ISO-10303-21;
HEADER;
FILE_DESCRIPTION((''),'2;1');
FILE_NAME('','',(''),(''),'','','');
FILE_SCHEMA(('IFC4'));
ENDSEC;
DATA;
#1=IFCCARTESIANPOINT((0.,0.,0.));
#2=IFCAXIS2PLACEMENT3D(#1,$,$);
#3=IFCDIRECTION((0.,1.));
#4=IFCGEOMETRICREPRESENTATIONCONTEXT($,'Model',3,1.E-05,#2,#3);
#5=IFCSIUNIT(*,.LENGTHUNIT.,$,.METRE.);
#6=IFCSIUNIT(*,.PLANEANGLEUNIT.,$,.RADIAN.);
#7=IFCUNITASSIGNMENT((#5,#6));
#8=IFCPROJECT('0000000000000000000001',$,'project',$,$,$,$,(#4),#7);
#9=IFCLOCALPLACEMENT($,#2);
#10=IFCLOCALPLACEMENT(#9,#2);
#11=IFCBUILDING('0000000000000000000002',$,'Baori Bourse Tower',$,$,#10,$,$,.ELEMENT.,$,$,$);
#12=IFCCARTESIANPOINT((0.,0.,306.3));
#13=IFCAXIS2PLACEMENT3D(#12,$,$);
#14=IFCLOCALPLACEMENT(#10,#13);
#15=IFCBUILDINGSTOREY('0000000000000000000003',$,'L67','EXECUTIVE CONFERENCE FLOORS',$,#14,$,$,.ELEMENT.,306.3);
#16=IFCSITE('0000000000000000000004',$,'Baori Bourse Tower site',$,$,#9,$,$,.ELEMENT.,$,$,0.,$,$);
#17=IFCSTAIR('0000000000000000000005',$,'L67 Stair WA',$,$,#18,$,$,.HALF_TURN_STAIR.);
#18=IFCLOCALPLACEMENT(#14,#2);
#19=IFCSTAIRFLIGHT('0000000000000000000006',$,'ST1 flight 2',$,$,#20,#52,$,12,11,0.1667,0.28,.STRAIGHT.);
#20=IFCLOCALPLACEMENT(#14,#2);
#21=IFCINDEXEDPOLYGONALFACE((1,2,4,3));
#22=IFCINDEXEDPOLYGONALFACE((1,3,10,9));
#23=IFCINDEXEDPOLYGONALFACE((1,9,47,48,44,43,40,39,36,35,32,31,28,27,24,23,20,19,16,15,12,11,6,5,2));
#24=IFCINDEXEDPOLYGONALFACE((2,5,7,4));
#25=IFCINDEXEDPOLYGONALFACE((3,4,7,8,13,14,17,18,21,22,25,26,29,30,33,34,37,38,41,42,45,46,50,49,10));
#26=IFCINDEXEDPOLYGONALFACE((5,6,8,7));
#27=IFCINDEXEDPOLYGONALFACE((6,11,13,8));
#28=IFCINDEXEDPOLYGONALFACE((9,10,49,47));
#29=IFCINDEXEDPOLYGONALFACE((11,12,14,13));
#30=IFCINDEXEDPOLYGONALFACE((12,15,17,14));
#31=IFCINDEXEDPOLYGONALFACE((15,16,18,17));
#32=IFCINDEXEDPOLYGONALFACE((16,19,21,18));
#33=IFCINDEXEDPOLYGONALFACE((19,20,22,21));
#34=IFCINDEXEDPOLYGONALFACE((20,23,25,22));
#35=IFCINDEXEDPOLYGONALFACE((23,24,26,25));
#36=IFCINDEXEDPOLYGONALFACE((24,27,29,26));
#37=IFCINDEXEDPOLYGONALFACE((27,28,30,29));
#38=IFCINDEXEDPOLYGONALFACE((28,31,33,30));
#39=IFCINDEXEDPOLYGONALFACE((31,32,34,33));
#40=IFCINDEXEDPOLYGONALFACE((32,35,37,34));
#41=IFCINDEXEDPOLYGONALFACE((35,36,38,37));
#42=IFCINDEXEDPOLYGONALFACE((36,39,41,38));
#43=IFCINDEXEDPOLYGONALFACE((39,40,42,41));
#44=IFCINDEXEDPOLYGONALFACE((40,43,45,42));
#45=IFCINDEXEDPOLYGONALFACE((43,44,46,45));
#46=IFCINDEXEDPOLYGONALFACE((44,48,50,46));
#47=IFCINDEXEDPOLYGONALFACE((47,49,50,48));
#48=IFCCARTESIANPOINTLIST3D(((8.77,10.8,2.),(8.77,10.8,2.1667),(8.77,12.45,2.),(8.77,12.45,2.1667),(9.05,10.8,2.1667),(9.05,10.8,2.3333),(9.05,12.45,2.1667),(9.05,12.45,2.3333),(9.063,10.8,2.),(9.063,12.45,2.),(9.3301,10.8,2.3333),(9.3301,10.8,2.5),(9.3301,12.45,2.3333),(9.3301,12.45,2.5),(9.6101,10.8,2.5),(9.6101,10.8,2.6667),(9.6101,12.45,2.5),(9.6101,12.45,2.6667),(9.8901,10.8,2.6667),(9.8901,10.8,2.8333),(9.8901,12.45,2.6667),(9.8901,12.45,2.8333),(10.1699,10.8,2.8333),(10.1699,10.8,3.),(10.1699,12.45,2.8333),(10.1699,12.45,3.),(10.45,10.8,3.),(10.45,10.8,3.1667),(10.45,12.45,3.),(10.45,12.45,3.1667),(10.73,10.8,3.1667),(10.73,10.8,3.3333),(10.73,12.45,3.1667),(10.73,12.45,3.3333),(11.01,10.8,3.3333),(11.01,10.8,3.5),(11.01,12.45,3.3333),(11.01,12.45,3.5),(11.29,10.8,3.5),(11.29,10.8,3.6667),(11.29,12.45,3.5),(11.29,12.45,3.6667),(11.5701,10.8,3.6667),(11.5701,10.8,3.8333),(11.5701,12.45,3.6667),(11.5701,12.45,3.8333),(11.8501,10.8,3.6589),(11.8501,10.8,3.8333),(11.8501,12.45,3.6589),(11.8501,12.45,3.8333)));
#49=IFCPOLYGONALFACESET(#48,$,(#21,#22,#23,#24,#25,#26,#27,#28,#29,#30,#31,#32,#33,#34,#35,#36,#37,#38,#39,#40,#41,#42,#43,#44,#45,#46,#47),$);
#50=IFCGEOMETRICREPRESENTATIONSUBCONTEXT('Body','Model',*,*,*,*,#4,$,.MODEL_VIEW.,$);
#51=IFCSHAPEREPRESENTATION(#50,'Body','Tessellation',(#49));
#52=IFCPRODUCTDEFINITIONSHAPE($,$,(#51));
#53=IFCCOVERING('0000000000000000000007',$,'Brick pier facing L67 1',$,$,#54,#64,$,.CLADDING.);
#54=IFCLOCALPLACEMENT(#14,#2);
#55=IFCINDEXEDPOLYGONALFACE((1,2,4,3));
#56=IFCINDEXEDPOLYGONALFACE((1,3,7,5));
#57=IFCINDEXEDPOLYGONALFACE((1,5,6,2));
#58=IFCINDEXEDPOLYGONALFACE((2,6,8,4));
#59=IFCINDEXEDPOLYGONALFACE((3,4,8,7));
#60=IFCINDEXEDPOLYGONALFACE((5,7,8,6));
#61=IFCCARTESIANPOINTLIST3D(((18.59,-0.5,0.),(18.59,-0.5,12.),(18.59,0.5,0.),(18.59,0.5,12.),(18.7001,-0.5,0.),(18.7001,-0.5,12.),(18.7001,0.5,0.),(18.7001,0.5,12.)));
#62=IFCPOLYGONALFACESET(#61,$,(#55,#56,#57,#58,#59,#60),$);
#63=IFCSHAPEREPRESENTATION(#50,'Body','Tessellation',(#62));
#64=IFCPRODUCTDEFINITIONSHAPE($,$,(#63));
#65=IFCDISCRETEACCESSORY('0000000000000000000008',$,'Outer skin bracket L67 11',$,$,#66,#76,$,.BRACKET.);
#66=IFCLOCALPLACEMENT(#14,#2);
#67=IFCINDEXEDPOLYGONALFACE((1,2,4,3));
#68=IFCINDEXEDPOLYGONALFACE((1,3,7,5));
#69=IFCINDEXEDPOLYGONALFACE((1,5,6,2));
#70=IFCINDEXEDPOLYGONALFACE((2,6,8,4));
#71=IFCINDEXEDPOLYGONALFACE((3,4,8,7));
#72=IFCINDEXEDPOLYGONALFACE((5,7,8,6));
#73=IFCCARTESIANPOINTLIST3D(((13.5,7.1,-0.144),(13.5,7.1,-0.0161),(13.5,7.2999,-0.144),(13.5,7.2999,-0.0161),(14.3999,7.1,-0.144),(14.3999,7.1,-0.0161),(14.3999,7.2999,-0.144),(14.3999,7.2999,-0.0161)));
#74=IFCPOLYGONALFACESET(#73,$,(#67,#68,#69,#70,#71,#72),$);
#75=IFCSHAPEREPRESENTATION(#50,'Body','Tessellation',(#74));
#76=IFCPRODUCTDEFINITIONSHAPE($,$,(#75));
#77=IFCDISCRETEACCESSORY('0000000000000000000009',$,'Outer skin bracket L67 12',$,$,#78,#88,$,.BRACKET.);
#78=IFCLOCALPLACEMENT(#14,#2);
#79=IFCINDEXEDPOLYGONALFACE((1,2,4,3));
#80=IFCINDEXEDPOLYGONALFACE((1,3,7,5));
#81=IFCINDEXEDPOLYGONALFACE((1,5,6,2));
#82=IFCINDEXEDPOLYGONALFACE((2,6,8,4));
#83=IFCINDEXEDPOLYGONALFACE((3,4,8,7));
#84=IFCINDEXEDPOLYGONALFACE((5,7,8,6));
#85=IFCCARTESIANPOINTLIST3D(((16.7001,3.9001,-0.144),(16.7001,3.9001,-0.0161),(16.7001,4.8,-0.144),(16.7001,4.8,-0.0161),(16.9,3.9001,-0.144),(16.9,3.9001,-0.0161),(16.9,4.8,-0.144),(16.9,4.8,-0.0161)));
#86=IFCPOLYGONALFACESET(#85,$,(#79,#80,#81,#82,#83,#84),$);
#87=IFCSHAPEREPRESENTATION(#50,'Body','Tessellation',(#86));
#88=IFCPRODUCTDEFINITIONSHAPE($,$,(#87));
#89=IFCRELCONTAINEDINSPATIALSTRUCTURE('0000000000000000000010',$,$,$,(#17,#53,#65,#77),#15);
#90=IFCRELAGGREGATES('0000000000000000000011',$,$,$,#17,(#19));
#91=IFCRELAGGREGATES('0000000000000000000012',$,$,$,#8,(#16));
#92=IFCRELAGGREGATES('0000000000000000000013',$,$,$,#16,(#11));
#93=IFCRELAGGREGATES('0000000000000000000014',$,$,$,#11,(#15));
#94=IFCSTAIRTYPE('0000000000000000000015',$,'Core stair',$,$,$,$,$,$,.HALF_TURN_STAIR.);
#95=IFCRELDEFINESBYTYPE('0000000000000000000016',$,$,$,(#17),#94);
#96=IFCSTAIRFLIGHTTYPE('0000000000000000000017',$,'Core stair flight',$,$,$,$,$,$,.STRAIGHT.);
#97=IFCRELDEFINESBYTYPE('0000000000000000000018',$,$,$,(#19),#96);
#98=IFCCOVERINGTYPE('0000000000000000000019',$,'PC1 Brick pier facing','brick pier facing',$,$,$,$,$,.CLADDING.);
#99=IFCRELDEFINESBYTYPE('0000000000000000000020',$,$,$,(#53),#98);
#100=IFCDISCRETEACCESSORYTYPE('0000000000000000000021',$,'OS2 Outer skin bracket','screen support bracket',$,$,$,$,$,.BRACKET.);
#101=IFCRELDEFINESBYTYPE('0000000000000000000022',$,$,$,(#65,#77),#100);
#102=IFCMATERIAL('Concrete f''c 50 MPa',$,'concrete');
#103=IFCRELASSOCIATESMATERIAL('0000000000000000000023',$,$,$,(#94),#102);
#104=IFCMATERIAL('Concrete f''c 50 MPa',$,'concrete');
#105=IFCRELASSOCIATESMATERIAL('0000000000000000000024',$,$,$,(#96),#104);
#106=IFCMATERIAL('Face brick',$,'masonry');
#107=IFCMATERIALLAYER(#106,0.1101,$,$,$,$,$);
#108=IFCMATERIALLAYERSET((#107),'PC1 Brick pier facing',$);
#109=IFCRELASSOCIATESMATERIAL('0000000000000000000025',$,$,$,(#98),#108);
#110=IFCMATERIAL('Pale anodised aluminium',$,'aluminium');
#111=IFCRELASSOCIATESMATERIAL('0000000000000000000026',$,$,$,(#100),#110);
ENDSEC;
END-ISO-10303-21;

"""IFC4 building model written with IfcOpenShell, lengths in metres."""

from ifc_helpers import new_model, si_unit, direction, frame, origin, origin_2d, place, context, subcontext, project, spatial, polyline, rectangle, outline, extrude, material, layer, layer_set, type_object, element, aggregate, save


model = new_model("IFC4")

# Units and contexts
model_context = context("Model", 3, precision=1e-05, world=origin(), true_north=direction((0.0, 1.0)))
body_context = subcontext(model_context, "Body", "Model", "MODEL_VIEW")
ifc_project = project(units=[si_unit("LENGTHUNIT", "METRE"), si_unit("PLANEANGLEUNIT", "RADIAN")], contexts=[model_context])

# Site, building, storey
site_placement = place(None, origin())
site = spatial("IfcSite", under=ifc_project, at=site_placement, Name="Baori Bourse Tower site", CompositionType="ELEMENT", RefElevation=0.0)
building_placement = place(site_placement, origin())
building = spatial("IfcBuilding", under=site, at=building_placement, Name="Baori Bourse Tower", CompositionType="ELEMENT")
storey_placement = place(building_placement, frame((0.0, 0.0, 306.3)))
storey = spatial("IfcBuildingStorey", under=building, at=storey_placement, Name="L67", Description="EXECUTIVE CONFERENCE FLOORS", CompositionType="ELEMENT", Elevation=306.3)

# Stair, stair flight
ifc_material_1 = material(Name="Concrete f'c 50 MPa", Category="concrete")
stair_type = type_object("IfcStairType", Name="Core stair", PredefinedType="HALF_TURN_STAIR", material=ifc_material_1)
stair_placement = place(storey_placement, origin())
stair = element("IfcStair", 1, at=stair_placement, inside=storey, type_object=stair_type, Name="L67 Stair WA", PredefinedType="HALF_TURN_STAIR")
ifc_material_2 = material(Name="Concrete f'c 50 MPa", Category="concrete")
stair_flight_type = type_object("IfcStairFlightType", Name="Core stair flight", PredefinedType="STRAIGHT", material=ifc_material_2)
stair_flight_placement = place(storey_placement, frame((8.77, 11.625, 2.0), z_axis=(0.0, 0.0, 1.0), x_axis=(1.0, 0.0, 0.0)))
stair_flight = element("IfcStairFlight", 2, at=stair_flight_placement, type_object=stair_flight_type, Name="ST1 flight 2", NumberOfRisers=12, NumberOfTreads=11, PredefinedType="STRAIGHT", RiserHeight=0.1667, TreadLength=0.28, context=body_context, shape_type="SweptSolid", body=[
    extrude(outline(polyline([(0.0, 0.0), (0.0, 0.1667), (0.28, 0.1667), (0.28, 0.3333), (0.5601, 0.3333), (0.5601, 0.5), (0.8401, 0.5), (0.8401, 0.6667), (1.1201, 0.6667), (1.1201, 0.8333), (1.3999, 0.8333), (1.3999, 1.0), (1.6799, 1.0), (1.6799, 1.1667), (1.96, 1.1667), (1.96, 1.3333), (2.24, 1.3333), (2.24, 1.5), (2.52, 1.5), (2.52, 1.6667), (2.8, 1.6667), (2.8, 1.8333), (3.0801, 1.8333), (3.0801, 2.0), (3.0801, 1.6589), (0.293, 0.0), (0.0, 0.0)])), frame((0.0, 0.825, 0.0), z_axis=(0.0, -1.0, 0.0), x_axis=(1.0, 0.0, 0.0)), (0.0, 0.0, 1.0), 1.6499),
])
aggregate(stair, [stair_flight])

# Covering
ifc_material_3 = material(Name="Face brick", Category="masonry")
ifc_layer_1 = layer(ifc_material_3, 0.1101)
ifc_layer_set_1 = layer_set([ifc_layer_1], Name="PC1 Brick pier facing")
covering_type = type_object("IfcCoveringType", Name="PC1 Brick pier facing", Description="brick pier facing", PredefinedType="CLADDING", material=ifc_layer_set_1)
covering_placement = place(storey_placement, frame((18.645, 0.0, 0.0), z_axis=(0.0, 0.0, 1.0), x_axis=(1.0, 0.0, 0.0)))
element("IfcCovering", 3, at=covering_placement, inside=storey, type_object=covering_type, Name="Brick pier facing L67 1", PredefinedType="CLADDING", context=body_context, shape_type="SweptSolid", body=[
    extrude(rectangle(XDim=0.1101, YDim=1.0, at=origin_2d()), origin(), (0.0, 0.0, 1.0), 12.0),
])

# Discrete accessories
ifc_material_4 = material(Name="Pale anodised aluminium", Category="aluminium")
discrete_accessory_type = type_object("IfcDiscreteAccessoryType", Name="OS2 Outer skin bracket", Description="screen support bracket", PredefinedType="BRACKET", material=ifc_material_4)
for number, where, z_axis, x_axis, name in (
    (4, (13.95, 7.2, -0.144), (0.0, 0.0, 1.0), (0.0, -1.0, 0.0), "Outer skin bracket L67 11"),
    (5, (16.8, 4.3501, -0.144), (0.0, 0.0, 1.0), (1.0, 0.0, 0.0), "Outer skin bracket L67 12"),
):
    element("IfcDiscreteAccessory", number, at=place(storey_placement, frame(where, z_axis=z_axis, x_axis=x_axis)), inside=storey, type_object=discrete_accessory_type, Name=name, PredefinedType="BRACKET", context=body_context, shape_type="SweptSolid", body=[
        extrude(rectangle(XDim=0.2, YDim=0.8999, at=origin_2d()), origin(), (0.0, 0.0, 1.0), 0.1279),
    ])

save(model, "model.ifc")
